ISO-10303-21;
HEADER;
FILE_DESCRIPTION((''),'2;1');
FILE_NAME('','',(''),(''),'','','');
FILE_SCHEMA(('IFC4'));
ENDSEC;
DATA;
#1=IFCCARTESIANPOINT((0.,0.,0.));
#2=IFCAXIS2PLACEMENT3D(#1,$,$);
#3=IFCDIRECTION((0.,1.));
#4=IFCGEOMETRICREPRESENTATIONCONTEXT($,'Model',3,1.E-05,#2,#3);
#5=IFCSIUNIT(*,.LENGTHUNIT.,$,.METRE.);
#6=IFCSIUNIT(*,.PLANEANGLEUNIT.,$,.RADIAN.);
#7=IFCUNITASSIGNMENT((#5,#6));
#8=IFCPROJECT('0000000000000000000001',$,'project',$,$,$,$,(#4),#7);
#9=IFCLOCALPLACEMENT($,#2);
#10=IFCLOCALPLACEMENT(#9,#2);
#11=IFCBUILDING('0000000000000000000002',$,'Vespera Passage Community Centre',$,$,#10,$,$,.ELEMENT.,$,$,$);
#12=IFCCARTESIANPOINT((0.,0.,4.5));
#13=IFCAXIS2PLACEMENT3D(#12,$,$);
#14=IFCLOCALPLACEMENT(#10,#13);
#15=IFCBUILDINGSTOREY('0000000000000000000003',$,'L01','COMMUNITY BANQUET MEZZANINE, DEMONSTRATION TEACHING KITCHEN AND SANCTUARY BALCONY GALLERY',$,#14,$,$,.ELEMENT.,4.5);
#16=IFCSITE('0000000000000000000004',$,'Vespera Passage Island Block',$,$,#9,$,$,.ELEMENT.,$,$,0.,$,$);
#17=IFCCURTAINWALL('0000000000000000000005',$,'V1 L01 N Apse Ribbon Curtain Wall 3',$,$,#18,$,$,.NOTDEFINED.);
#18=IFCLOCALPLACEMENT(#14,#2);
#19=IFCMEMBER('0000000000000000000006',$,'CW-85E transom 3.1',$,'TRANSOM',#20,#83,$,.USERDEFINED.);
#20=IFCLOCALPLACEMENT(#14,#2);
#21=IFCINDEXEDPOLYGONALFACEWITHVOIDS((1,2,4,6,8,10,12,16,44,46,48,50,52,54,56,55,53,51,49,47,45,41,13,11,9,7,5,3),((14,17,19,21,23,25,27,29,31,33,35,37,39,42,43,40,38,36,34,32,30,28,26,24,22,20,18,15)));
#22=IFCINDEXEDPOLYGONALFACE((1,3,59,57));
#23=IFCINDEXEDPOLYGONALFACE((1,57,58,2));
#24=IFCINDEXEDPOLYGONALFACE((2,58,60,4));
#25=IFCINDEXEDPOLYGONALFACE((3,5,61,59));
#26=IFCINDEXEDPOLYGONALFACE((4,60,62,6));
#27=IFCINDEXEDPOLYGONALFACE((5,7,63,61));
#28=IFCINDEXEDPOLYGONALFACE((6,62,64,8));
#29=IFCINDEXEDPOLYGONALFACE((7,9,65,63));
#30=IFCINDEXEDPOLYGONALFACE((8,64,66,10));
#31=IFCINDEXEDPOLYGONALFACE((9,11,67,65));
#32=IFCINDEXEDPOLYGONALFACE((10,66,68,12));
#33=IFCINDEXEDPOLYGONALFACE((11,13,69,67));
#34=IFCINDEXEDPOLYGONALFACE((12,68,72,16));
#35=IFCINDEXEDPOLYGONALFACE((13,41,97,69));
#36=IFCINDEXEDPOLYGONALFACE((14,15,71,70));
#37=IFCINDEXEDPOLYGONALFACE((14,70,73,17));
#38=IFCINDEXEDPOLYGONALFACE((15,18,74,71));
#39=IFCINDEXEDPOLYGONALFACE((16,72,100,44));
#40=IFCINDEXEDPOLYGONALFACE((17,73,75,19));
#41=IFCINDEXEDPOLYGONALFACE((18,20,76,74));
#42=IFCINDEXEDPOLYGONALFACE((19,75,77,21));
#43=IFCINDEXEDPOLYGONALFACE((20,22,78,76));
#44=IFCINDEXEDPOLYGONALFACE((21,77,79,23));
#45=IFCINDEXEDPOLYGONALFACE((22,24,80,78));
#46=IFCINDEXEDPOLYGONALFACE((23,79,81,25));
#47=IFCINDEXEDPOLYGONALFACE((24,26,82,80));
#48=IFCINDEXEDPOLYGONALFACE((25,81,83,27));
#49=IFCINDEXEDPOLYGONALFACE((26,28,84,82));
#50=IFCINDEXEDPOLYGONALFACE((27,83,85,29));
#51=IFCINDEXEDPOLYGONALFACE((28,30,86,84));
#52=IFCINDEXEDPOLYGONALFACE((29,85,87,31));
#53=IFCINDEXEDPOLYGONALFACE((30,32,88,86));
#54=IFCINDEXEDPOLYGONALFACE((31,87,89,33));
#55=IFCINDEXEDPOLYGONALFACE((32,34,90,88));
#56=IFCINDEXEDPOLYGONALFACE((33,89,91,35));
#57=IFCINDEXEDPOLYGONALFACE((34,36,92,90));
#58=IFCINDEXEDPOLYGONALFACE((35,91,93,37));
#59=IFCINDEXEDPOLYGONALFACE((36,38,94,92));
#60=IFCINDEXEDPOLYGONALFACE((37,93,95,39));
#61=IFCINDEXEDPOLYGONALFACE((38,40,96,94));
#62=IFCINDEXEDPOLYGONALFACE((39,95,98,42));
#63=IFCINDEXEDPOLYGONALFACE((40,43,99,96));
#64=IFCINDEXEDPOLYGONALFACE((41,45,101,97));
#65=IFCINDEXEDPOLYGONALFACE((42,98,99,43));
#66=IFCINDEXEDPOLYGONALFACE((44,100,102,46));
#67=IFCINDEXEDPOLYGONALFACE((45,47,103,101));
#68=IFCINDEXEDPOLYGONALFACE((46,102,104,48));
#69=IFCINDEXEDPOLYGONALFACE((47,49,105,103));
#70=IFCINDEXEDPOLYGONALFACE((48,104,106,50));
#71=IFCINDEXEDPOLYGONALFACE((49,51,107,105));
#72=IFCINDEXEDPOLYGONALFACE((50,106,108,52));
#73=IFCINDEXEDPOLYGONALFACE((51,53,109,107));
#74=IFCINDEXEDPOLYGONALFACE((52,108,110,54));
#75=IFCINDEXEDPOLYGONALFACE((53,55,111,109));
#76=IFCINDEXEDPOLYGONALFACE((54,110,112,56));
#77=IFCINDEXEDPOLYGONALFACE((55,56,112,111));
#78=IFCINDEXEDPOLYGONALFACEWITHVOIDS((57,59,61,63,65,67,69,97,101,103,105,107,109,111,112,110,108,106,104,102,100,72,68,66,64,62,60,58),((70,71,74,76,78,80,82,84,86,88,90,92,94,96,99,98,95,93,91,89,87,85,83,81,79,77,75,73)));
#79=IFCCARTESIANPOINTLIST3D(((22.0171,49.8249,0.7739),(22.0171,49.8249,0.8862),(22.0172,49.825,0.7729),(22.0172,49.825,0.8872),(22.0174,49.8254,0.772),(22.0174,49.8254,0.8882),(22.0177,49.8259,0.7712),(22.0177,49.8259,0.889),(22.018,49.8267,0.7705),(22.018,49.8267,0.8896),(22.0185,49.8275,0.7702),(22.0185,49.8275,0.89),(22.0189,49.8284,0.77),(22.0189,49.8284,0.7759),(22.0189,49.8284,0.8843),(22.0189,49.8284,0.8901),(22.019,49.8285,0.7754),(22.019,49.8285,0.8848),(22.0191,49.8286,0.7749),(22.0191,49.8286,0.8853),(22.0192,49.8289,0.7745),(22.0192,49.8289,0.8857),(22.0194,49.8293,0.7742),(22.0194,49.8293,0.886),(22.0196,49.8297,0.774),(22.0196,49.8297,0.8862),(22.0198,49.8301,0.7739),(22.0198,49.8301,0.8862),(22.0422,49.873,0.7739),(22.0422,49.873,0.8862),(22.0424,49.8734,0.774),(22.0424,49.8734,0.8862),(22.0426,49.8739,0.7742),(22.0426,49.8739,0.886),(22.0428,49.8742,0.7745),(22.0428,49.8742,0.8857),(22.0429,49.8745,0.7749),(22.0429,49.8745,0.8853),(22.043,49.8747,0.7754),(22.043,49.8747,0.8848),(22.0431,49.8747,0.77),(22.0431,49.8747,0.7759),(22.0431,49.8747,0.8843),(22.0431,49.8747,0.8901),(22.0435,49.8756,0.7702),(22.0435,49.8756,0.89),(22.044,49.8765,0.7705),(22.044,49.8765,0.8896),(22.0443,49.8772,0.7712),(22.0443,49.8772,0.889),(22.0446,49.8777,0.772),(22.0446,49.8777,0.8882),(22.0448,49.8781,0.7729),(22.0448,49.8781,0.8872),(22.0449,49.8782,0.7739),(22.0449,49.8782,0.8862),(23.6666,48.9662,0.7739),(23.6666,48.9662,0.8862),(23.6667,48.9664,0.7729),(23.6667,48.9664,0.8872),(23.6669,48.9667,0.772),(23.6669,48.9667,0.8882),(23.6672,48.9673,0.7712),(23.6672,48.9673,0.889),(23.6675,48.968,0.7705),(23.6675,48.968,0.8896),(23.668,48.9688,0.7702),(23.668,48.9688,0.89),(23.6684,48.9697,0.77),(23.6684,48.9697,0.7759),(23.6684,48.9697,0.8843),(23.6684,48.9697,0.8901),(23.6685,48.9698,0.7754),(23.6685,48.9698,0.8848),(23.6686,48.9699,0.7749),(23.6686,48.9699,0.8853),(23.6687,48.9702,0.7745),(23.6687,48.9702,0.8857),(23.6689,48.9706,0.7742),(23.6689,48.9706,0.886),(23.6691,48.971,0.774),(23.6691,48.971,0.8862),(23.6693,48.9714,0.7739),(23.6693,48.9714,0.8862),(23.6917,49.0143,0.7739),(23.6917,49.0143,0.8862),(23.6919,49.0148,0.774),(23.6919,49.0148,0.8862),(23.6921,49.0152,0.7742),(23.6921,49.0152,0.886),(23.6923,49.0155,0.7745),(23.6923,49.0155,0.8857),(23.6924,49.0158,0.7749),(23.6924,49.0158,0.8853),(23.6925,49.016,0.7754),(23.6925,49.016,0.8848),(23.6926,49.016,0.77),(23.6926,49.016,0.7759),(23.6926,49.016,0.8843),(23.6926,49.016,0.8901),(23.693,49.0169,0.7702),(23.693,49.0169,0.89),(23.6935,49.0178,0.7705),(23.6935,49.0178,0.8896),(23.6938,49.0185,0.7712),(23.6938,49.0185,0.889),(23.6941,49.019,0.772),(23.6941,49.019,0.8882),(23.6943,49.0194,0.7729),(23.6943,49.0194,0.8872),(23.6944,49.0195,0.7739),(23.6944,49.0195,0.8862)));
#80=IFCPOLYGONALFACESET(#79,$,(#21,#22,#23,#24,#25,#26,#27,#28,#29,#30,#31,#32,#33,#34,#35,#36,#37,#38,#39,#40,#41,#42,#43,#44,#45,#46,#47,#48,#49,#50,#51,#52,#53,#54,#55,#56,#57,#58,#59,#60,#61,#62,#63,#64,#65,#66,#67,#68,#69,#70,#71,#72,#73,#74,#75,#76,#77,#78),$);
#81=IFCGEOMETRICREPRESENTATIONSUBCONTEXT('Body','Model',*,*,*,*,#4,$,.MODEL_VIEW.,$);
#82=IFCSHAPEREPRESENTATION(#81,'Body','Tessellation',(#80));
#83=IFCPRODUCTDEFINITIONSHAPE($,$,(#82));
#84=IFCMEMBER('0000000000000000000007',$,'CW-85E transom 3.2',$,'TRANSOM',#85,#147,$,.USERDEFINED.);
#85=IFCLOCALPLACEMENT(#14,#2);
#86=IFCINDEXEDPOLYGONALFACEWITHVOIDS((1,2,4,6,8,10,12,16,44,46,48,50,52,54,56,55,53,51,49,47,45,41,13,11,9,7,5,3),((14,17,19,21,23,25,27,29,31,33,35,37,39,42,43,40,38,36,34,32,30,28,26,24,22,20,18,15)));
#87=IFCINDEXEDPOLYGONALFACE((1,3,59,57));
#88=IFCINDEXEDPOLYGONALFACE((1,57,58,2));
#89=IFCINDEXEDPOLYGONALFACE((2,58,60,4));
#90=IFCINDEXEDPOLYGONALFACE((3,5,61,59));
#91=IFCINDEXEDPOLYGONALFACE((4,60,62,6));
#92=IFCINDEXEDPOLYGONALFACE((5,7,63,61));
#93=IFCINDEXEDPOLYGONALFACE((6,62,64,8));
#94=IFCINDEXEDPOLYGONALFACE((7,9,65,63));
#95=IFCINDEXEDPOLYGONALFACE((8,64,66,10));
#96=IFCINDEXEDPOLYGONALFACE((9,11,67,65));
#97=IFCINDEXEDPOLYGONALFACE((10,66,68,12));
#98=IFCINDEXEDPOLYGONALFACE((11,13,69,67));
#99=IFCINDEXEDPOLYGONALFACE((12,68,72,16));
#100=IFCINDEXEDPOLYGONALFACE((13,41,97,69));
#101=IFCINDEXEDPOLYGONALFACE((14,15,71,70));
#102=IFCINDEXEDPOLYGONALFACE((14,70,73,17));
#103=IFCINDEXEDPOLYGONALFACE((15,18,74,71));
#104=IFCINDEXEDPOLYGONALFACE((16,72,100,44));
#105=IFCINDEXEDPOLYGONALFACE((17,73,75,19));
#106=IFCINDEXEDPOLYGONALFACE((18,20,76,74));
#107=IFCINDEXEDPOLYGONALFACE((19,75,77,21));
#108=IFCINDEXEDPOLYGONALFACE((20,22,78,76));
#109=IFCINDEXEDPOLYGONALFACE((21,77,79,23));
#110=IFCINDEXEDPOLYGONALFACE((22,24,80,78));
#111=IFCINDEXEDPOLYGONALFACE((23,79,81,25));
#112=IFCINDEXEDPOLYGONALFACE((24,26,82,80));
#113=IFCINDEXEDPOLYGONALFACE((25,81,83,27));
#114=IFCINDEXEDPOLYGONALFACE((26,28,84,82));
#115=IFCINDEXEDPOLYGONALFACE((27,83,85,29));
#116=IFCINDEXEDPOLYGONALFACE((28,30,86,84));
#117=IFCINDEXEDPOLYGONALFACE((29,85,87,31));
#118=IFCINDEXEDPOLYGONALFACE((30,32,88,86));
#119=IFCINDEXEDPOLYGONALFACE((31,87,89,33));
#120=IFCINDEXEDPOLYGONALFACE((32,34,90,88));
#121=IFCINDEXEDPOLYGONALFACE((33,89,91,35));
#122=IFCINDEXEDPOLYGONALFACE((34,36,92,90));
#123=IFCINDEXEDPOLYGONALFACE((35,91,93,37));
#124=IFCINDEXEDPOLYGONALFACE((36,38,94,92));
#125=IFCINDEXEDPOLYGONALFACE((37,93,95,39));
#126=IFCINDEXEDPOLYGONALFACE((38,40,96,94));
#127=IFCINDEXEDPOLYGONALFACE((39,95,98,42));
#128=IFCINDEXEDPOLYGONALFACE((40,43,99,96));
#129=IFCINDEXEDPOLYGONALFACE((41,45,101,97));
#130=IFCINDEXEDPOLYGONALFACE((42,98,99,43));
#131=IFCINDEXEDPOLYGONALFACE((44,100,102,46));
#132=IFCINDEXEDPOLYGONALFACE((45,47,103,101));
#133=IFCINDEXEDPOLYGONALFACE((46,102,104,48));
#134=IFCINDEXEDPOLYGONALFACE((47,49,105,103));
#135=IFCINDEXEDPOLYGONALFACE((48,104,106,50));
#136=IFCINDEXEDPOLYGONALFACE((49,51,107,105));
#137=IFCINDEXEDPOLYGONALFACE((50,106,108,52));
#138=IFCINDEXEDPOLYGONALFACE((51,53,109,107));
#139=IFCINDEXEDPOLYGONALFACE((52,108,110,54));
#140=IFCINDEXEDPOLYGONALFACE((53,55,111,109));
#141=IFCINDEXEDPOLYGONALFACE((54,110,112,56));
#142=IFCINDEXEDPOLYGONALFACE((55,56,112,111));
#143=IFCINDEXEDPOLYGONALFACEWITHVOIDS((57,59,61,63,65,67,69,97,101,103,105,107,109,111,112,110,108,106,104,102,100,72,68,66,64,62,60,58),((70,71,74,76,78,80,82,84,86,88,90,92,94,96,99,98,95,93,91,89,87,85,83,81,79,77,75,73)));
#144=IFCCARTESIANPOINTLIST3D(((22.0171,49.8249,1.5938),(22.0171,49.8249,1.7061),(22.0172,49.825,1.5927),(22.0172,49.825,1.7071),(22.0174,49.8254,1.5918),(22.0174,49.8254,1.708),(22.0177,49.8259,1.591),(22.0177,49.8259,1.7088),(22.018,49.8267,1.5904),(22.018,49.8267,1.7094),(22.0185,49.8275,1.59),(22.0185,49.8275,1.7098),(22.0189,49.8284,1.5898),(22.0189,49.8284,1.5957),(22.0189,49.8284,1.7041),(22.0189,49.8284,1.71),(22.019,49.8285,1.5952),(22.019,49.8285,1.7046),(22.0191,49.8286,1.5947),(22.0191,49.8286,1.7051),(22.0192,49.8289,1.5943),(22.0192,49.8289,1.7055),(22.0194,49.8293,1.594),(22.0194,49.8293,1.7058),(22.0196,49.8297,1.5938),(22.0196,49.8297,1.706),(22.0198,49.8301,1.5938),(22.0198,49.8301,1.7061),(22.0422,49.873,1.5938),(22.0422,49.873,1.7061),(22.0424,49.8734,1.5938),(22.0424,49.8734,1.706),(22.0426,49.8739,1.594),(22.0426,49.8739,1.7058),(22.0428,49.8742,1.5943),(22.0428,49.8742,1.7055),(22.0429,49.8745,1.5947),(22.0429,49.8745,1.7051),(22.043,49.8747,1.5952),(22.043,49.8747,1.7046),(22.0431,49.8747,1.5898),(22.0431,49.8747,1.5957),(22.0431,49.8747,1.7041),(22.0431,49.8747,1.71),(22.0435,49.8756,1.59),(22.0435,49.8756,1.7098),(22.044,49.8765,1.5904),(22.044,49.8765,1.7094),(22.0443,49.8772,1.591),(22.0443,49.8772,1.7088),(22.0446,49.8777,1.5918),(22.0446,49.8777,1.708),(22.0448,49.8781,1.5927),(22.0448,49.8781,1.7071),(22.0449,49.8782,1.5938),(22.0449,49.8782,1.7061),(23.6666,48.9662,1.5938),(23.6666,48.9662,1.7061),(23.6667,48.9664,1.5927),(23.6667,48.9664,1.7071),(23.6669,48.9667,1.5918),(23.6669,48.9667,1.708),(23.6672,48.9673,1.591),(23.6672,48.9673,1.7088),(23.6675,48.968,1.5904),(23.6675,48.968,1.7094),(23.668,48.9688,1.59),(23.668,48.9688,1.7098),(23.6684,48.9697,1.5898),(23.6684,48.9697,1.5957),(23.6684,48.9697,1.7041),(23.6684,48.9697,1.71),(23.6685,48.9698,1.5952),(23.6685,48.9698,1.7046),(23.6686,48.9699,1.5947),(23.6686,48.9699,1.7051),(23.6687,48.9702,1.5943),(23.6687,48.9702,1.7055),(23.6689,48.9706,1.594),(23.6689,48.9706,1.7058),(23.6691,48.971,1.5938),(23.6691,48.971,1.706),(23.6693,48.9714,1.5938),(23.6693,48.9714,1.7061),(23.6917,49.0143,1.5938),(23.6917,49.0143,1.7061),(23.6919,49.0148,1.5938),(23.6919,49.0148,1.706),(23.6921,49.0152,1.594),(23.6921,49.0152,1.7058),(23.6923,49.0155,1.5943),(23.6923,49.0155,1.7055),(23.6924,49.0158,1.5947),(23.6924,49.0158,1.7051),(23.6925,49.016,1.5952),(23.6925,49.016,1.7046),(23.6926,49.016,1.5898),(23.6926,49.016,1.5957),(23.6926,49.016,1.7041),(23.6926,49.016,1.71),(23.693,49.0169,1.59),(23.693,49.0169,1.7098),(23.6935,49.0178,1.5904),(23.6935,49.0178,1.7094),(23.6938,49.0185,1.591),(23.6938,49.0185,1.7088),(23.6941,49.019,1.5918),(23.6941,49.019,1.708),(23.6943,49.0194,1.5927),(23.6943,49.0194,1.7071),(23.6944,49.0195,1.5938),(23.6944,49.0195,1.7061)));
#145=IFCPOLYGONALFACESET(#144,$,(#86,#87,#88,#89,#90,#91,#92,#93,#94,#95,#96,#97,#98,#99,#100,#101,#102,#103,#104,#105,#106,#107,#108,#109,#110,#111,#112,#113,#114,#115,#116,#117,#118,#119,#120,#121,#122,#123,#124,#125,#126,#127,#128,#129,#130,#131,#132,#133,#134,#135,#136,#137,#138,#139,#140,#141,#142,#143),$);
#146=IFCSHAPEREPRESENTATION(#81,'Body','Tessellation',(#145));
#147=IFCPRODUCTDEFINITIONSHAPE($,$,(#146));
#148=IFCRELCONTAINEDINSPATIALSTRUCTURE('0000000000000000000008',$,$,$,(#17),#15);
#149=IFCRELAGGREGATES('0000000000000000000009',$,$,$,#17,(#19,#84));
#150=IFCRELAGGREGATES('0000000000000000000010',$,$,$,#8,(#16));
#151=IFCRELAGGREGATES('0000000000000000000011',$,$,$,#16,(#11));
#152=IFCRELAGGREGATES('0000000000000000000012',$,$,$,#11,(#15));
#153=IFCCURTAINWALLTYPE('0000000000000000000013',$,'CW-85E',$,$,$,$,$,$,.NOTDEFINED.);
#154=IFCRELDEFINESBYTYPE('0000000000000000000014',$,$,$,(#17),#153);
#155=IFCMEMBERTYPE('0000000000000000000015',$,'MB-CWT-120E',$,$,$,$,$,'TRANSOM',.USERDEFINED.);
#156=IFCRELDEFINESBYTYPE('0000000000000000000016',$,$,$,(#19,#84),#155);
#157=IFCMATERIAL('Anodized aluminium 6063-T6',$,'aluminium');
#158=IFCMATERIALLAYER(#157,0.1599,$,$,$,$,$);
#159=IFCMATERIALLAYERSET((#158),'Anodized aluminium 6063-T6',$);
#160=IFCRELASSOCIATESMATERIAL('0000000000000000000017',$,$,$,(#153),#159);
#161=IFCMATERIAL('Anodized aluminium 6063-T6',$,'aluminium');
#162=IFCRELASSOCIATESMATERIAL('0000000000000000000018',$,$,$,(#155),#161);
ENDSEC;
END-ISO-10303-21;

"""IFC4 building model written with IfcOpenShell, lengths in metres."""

from ifc_helpers import new_model, si_unit, direction, frame, origin, origin_2d, place, context, subcontext, project, spatial, hollow_rectangle, extrude, material, layer, layer_set, material_profile, profile_set, type_object, element, aggregate, save


model = new_model("IFC4")

# Units and contexts
model_context = context("Model", 3, precision=1e-05, world=origin(), true_north=direction((0.0, 1.0)))
body_context = subcontext(model_context, "Body", "Model", "MODEL_VIEW")
ifc_project = project(units=[si_unit("LENGTHUNIT", "METRE"), si_unit("PLANEANGLEUNIT", "RADIAN")], contexts=[model_context])

# Site, building, storey
site_placement = place(None, origin())
site = spatial("IfcSite", under=ifc_project, at=site_placement, Name="Vespera Passage Island Block", CompositionType="ELEMENT", RefElevation=0.0)
building_placement = place(site_placement, origin())
building = spatial("IfcBuilding", under=site, at=building_placement, Name="Vespera Passage Community Centre", CompositionType="ELEMENT")
storey_placement = place(building_placement, frame((0.0, 0.0, 4.5)))
storey = spatial("IfcBuildingStorey", under=building, at=storey_placement, Name="L01", Description="COMMUNITY BANQUET MEZZANINE, DEMONSTRATION TEACHING KITCHEN AND SANCTUARY BALCONY GALLERY", CompositionType="ELEMENT", Elevation=4.5)

# Shared definitions
ifc_material_1 = material(Name="Anodized aluminium 6063-T6", Category="aluminium")
ifc_layer_1 = layer(ifc_material_1, 0.1599)
ifc_layer_set_1 = layer_set([ifc_layer_1], Name="Anodized aluminium 6063-T6")
curtain_wall_type = type_object("IfcCurtainWallType", Name="CW-85E", PredefinedType="NOTDEFINED", material=ifc_layer_set_1)

# Curtain wall, members
curtain_wall_1_placement = place(storey_placement, origin())
curtain_wall_1 = element("IfcCurtainWall", 1, at=curtain_wall_1_placement, inside=storey, type_object=curtain_wall_type, Name="V1 L01 N Apse Ribbon Curtain Wall 3", PredefinedType="NOTDEFINED")
ifc_material_2 = material(Name="Anodized aluminium 6063-T6", Category="aluminium")
ifc_material_profile_1 = material_profile(ifc_material_2, hollow_rectangle(XDim=0.0601, YDim=0.1201, WallThickness=0.0039, InnerFilletRadius=0.002, OuterFilletRadius=0.0039, at=origin_2d()), Name="ALU120X60X4")
ifc_profile_set_1 = profile_set([ifc_material_profile_1], Name="Anodized aluminium 6063-T6")
member_type_1 = type_object("IfcMemberType", Name="MB-CWT-120E", ElementType="TRANSOM", PredefinedType="USERDEFINED", material=ifc_profile_set_1)
member_1_placement = place(storey_placement, frame((22.031, 49.8516, 0.8301), z_axis=(0.887008, -0.461754, 0.0), x_axis=(0.461754, 0.887008, 0.0)))
member_1 = element("IfcMember", 2, at=member_1_placement, type_object=member_type_1, Name="CW-85E transom 3.1", ObjectType="TRANSOM", PredefinedType="USERDEFINED", context=body_context, shape_type="SweptSolid", body=[
    extrude(hollow_rectangle(XDim=0.0601, YDim=0.1201, WallThickness=0.0039, InnerFilletRadius=0.002, OuterFilletRadius=0.0039, at=origin_2d()), origin(), (0.0, 0.0, 1.0), 1.8596),
])
member_2_placement = place(storey_placement, frame((22.031, 49.8516, 1.6499), z_axis=(0.887008, -0.461754, 0.0), x_axis=(0.461754, 0.887008, 0.0)))
member_2 = element("IfcMember", 3, at=member_2_placement, type_object=member_type_1, Name="CW-85E transom 3.2", ObjectType="TRANSOM", PredefinedType="USERDEFINED", context=body_context, shape_type="SweptSolid", body=[
    extrude(hollow_rectangle(XDim=0.0601, YDim=0.1201, WallThickness=0.0039, InnerFilletRadius=0.002, OuterFilletRadius=0.0039, at=origin_2d()), origin(), (0.0, 0.0, 1.0), 1.8596),
])

aggregate(curtain_wall_1, [member_1, member_2])

save(model, "model.ifc")
